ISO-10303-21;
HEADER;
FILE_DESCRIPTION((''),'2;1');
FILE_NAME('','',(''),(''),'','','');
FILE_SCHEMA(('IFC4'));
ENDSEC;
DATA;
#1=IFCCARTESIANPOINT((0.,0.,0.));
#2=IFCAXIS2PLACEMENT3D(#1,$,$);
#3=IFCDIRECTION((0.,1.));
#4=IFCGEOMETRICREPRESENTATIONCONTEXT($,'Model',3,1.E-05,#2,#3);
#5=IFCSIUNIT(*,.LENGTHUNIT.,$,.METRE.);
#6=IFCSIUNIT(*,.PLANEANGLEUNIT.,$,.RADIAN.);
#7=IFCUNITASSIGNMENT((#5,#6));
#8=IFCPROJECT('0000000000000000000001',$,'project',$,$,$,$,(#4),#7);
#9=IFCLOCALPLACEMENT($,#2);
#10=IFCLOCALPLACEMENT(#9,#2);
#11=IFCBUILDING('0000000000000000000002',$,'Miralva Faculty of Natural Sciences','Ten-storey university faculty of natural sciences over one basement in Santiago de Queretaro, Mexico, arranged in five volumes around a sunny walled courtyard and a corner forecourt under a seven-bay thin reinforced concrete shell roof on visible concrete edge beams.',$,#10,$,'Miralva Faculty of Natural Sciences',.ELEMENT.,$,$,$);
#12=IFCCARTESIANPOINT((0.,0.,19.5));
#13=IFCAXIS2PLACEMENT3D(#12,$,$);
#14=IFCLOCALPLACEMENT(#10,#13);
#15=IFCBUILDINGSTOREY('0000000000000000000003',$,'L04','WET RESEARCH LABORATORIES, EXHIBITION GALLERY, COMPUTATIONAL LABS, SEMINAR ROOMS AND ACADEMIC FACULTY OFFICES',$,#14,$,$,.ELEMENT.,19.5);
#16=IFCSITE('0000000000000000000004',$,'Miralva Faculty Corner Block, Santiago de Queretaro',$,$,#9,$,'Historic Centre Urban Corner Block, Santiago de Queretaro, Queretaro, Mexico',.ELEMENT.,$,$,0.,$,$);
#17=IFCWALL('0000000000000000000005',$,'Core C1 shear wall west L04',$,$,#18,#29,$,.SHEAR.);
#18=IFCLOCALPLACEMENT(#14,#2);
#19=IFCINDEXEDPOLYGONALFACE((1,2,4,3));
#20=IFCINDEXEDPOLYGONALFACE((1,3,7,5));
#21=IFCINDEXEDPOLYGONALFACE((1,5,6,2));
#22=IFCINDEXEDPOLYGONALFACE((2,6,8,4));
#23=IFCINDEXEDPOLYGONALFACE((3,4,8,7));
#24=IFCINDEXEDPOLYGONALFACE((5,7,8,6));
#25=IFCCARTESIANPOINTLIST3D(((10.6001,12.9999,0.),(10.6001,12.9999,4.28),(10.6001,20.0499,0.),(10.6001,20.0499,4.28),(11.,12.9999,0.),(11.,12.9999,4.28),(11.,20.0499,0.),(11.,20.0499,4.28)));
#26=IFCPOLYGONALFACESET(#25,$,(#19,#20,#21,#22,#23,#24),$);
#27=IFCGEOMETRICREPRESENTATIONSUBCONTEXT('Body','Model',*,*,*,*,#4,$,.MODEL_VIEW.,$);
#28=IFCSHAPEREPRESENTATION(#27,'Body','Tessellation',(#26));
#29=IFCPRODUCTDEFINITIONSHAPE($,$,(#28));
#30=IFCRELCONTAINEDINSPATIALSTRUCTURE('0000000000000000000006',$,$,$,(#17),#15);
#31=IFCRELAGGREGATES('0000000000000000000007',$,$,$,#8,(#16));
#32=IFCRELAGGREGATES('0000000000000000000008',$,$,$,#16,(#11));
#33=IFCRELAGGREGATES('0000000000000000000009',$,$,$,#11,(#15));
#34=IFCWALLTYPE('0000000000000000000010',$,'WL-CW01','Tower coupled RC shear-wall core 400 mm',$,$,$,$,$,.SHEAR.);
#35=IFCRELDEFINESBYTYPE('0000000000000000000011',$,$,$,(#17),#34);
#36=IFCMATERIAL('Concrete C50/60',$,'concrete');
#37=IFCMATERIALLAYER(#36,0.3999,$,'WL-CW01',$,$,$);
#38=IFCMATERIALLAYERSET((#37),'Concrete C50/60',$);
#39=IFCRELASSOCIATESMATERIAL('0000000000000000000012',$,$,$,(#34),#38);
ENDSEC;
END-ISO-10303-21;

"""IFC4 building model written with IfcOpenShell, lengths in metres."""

from ifc_helpers import new_model, si_unit, direction, frame, frame_2d, origin, place, context, subcontext, project, spatial, rectangle, extrude, material, layer, layer_set, type_object, element, save


model = new_model("IFC4")

# Units and contexts
model_context = context("Model", 3, precision=1e-05, world=origin(), true_north=direction((0.0, 1.0)))
body_context = subcontext(model_context, "Body", "Model", "MODEL_VIEW")
ifc_project = project(units=[si_unit("LENGTHUNIT", "METRE"), si_unit("PLANEANGLEUNIT", "RADIAN")], contexts=[model_context])

# Site, building, storey
site_placement = place(None, origin())
site = spatial("IfcSite", under=ifc_project, at=site_placement, Name="Miralva Faculty Corner Block, Santiago de Queretaro", LongName="Historic Centre Urban Corner Block, Santiago de Queretaro, Queretaro, Mexico", CompositionType="ELEMENT", RefElevation=0.0)
building_placement = place(site_placement, origin())
building = spatial("IfcBuilding", under=site, at=building_placement, Name="Miralva Faculty of Natural Sciences", Description="Ten-storey university faculty of natural sciences over one basement in Santiago de Queretaro, Mexico, arranged in five volumes around a sunny walled courtyard and a corner forecourt under a seven-bay thin reinforced concrete shell roof on visible concrete edge beams.", LongName="Miralva Faculty of Natural Sciences", CompositionType="ELEMENT")
storey_placement = place(building_placement, frame((0.0, 0.0, 19.5)))
storey = spatial("IfcBuildingStorey", under=building, at=storey_placement, Name="L04", Description="WET RESEARCH LABORATORIES, EXHIBITION GALLERY, COMPUTATIONAL LABS, SEMINAR ROOMS AND ACADEMIC FACULTY OFFICES", CompositionType="ELEMENT", Elevation=19.5)

# Shared definitions
ifc_material_1 = material(Name="Concrete C50/60", Category="concrete")
ifc_layer_1 = layer(ifc_material_1, 0.3999, Name="WL-CW01")
ifc_layer_set_1 = layer_set([ifc_layer_1], Name="Concrete C50/60")
wall_type = type_object("IfcWallType", Name="WL-CW01", Description="Tower coupled RC shear-wall core 400 mm", PredefinedType="SHEAR", material=ifc_layer_set_1)

# Wall
wall_1_placement = place(storey_placement, frame((10.8, 13.0, 0.0), z_axis=(0.0, 0.0, 1.0), x_axis=(0.0, 1.0, 0.0)))
element("IfcWall", 1, at=wall_1_placement, inside=storey, type_object=wall_type, Name="Core C1 shear wall west L04", PredefinedType="SHEAR", context=body_context, shape_type="SweptSolid", body=[
    extrude(rectangle(XDim=7.05, YDim=0.3999, at=frame_2d((3.5249, 0.0))), origin(), (0.0, 0.0, 1.0), 4.28),
])

save(model, "model.ifc")
